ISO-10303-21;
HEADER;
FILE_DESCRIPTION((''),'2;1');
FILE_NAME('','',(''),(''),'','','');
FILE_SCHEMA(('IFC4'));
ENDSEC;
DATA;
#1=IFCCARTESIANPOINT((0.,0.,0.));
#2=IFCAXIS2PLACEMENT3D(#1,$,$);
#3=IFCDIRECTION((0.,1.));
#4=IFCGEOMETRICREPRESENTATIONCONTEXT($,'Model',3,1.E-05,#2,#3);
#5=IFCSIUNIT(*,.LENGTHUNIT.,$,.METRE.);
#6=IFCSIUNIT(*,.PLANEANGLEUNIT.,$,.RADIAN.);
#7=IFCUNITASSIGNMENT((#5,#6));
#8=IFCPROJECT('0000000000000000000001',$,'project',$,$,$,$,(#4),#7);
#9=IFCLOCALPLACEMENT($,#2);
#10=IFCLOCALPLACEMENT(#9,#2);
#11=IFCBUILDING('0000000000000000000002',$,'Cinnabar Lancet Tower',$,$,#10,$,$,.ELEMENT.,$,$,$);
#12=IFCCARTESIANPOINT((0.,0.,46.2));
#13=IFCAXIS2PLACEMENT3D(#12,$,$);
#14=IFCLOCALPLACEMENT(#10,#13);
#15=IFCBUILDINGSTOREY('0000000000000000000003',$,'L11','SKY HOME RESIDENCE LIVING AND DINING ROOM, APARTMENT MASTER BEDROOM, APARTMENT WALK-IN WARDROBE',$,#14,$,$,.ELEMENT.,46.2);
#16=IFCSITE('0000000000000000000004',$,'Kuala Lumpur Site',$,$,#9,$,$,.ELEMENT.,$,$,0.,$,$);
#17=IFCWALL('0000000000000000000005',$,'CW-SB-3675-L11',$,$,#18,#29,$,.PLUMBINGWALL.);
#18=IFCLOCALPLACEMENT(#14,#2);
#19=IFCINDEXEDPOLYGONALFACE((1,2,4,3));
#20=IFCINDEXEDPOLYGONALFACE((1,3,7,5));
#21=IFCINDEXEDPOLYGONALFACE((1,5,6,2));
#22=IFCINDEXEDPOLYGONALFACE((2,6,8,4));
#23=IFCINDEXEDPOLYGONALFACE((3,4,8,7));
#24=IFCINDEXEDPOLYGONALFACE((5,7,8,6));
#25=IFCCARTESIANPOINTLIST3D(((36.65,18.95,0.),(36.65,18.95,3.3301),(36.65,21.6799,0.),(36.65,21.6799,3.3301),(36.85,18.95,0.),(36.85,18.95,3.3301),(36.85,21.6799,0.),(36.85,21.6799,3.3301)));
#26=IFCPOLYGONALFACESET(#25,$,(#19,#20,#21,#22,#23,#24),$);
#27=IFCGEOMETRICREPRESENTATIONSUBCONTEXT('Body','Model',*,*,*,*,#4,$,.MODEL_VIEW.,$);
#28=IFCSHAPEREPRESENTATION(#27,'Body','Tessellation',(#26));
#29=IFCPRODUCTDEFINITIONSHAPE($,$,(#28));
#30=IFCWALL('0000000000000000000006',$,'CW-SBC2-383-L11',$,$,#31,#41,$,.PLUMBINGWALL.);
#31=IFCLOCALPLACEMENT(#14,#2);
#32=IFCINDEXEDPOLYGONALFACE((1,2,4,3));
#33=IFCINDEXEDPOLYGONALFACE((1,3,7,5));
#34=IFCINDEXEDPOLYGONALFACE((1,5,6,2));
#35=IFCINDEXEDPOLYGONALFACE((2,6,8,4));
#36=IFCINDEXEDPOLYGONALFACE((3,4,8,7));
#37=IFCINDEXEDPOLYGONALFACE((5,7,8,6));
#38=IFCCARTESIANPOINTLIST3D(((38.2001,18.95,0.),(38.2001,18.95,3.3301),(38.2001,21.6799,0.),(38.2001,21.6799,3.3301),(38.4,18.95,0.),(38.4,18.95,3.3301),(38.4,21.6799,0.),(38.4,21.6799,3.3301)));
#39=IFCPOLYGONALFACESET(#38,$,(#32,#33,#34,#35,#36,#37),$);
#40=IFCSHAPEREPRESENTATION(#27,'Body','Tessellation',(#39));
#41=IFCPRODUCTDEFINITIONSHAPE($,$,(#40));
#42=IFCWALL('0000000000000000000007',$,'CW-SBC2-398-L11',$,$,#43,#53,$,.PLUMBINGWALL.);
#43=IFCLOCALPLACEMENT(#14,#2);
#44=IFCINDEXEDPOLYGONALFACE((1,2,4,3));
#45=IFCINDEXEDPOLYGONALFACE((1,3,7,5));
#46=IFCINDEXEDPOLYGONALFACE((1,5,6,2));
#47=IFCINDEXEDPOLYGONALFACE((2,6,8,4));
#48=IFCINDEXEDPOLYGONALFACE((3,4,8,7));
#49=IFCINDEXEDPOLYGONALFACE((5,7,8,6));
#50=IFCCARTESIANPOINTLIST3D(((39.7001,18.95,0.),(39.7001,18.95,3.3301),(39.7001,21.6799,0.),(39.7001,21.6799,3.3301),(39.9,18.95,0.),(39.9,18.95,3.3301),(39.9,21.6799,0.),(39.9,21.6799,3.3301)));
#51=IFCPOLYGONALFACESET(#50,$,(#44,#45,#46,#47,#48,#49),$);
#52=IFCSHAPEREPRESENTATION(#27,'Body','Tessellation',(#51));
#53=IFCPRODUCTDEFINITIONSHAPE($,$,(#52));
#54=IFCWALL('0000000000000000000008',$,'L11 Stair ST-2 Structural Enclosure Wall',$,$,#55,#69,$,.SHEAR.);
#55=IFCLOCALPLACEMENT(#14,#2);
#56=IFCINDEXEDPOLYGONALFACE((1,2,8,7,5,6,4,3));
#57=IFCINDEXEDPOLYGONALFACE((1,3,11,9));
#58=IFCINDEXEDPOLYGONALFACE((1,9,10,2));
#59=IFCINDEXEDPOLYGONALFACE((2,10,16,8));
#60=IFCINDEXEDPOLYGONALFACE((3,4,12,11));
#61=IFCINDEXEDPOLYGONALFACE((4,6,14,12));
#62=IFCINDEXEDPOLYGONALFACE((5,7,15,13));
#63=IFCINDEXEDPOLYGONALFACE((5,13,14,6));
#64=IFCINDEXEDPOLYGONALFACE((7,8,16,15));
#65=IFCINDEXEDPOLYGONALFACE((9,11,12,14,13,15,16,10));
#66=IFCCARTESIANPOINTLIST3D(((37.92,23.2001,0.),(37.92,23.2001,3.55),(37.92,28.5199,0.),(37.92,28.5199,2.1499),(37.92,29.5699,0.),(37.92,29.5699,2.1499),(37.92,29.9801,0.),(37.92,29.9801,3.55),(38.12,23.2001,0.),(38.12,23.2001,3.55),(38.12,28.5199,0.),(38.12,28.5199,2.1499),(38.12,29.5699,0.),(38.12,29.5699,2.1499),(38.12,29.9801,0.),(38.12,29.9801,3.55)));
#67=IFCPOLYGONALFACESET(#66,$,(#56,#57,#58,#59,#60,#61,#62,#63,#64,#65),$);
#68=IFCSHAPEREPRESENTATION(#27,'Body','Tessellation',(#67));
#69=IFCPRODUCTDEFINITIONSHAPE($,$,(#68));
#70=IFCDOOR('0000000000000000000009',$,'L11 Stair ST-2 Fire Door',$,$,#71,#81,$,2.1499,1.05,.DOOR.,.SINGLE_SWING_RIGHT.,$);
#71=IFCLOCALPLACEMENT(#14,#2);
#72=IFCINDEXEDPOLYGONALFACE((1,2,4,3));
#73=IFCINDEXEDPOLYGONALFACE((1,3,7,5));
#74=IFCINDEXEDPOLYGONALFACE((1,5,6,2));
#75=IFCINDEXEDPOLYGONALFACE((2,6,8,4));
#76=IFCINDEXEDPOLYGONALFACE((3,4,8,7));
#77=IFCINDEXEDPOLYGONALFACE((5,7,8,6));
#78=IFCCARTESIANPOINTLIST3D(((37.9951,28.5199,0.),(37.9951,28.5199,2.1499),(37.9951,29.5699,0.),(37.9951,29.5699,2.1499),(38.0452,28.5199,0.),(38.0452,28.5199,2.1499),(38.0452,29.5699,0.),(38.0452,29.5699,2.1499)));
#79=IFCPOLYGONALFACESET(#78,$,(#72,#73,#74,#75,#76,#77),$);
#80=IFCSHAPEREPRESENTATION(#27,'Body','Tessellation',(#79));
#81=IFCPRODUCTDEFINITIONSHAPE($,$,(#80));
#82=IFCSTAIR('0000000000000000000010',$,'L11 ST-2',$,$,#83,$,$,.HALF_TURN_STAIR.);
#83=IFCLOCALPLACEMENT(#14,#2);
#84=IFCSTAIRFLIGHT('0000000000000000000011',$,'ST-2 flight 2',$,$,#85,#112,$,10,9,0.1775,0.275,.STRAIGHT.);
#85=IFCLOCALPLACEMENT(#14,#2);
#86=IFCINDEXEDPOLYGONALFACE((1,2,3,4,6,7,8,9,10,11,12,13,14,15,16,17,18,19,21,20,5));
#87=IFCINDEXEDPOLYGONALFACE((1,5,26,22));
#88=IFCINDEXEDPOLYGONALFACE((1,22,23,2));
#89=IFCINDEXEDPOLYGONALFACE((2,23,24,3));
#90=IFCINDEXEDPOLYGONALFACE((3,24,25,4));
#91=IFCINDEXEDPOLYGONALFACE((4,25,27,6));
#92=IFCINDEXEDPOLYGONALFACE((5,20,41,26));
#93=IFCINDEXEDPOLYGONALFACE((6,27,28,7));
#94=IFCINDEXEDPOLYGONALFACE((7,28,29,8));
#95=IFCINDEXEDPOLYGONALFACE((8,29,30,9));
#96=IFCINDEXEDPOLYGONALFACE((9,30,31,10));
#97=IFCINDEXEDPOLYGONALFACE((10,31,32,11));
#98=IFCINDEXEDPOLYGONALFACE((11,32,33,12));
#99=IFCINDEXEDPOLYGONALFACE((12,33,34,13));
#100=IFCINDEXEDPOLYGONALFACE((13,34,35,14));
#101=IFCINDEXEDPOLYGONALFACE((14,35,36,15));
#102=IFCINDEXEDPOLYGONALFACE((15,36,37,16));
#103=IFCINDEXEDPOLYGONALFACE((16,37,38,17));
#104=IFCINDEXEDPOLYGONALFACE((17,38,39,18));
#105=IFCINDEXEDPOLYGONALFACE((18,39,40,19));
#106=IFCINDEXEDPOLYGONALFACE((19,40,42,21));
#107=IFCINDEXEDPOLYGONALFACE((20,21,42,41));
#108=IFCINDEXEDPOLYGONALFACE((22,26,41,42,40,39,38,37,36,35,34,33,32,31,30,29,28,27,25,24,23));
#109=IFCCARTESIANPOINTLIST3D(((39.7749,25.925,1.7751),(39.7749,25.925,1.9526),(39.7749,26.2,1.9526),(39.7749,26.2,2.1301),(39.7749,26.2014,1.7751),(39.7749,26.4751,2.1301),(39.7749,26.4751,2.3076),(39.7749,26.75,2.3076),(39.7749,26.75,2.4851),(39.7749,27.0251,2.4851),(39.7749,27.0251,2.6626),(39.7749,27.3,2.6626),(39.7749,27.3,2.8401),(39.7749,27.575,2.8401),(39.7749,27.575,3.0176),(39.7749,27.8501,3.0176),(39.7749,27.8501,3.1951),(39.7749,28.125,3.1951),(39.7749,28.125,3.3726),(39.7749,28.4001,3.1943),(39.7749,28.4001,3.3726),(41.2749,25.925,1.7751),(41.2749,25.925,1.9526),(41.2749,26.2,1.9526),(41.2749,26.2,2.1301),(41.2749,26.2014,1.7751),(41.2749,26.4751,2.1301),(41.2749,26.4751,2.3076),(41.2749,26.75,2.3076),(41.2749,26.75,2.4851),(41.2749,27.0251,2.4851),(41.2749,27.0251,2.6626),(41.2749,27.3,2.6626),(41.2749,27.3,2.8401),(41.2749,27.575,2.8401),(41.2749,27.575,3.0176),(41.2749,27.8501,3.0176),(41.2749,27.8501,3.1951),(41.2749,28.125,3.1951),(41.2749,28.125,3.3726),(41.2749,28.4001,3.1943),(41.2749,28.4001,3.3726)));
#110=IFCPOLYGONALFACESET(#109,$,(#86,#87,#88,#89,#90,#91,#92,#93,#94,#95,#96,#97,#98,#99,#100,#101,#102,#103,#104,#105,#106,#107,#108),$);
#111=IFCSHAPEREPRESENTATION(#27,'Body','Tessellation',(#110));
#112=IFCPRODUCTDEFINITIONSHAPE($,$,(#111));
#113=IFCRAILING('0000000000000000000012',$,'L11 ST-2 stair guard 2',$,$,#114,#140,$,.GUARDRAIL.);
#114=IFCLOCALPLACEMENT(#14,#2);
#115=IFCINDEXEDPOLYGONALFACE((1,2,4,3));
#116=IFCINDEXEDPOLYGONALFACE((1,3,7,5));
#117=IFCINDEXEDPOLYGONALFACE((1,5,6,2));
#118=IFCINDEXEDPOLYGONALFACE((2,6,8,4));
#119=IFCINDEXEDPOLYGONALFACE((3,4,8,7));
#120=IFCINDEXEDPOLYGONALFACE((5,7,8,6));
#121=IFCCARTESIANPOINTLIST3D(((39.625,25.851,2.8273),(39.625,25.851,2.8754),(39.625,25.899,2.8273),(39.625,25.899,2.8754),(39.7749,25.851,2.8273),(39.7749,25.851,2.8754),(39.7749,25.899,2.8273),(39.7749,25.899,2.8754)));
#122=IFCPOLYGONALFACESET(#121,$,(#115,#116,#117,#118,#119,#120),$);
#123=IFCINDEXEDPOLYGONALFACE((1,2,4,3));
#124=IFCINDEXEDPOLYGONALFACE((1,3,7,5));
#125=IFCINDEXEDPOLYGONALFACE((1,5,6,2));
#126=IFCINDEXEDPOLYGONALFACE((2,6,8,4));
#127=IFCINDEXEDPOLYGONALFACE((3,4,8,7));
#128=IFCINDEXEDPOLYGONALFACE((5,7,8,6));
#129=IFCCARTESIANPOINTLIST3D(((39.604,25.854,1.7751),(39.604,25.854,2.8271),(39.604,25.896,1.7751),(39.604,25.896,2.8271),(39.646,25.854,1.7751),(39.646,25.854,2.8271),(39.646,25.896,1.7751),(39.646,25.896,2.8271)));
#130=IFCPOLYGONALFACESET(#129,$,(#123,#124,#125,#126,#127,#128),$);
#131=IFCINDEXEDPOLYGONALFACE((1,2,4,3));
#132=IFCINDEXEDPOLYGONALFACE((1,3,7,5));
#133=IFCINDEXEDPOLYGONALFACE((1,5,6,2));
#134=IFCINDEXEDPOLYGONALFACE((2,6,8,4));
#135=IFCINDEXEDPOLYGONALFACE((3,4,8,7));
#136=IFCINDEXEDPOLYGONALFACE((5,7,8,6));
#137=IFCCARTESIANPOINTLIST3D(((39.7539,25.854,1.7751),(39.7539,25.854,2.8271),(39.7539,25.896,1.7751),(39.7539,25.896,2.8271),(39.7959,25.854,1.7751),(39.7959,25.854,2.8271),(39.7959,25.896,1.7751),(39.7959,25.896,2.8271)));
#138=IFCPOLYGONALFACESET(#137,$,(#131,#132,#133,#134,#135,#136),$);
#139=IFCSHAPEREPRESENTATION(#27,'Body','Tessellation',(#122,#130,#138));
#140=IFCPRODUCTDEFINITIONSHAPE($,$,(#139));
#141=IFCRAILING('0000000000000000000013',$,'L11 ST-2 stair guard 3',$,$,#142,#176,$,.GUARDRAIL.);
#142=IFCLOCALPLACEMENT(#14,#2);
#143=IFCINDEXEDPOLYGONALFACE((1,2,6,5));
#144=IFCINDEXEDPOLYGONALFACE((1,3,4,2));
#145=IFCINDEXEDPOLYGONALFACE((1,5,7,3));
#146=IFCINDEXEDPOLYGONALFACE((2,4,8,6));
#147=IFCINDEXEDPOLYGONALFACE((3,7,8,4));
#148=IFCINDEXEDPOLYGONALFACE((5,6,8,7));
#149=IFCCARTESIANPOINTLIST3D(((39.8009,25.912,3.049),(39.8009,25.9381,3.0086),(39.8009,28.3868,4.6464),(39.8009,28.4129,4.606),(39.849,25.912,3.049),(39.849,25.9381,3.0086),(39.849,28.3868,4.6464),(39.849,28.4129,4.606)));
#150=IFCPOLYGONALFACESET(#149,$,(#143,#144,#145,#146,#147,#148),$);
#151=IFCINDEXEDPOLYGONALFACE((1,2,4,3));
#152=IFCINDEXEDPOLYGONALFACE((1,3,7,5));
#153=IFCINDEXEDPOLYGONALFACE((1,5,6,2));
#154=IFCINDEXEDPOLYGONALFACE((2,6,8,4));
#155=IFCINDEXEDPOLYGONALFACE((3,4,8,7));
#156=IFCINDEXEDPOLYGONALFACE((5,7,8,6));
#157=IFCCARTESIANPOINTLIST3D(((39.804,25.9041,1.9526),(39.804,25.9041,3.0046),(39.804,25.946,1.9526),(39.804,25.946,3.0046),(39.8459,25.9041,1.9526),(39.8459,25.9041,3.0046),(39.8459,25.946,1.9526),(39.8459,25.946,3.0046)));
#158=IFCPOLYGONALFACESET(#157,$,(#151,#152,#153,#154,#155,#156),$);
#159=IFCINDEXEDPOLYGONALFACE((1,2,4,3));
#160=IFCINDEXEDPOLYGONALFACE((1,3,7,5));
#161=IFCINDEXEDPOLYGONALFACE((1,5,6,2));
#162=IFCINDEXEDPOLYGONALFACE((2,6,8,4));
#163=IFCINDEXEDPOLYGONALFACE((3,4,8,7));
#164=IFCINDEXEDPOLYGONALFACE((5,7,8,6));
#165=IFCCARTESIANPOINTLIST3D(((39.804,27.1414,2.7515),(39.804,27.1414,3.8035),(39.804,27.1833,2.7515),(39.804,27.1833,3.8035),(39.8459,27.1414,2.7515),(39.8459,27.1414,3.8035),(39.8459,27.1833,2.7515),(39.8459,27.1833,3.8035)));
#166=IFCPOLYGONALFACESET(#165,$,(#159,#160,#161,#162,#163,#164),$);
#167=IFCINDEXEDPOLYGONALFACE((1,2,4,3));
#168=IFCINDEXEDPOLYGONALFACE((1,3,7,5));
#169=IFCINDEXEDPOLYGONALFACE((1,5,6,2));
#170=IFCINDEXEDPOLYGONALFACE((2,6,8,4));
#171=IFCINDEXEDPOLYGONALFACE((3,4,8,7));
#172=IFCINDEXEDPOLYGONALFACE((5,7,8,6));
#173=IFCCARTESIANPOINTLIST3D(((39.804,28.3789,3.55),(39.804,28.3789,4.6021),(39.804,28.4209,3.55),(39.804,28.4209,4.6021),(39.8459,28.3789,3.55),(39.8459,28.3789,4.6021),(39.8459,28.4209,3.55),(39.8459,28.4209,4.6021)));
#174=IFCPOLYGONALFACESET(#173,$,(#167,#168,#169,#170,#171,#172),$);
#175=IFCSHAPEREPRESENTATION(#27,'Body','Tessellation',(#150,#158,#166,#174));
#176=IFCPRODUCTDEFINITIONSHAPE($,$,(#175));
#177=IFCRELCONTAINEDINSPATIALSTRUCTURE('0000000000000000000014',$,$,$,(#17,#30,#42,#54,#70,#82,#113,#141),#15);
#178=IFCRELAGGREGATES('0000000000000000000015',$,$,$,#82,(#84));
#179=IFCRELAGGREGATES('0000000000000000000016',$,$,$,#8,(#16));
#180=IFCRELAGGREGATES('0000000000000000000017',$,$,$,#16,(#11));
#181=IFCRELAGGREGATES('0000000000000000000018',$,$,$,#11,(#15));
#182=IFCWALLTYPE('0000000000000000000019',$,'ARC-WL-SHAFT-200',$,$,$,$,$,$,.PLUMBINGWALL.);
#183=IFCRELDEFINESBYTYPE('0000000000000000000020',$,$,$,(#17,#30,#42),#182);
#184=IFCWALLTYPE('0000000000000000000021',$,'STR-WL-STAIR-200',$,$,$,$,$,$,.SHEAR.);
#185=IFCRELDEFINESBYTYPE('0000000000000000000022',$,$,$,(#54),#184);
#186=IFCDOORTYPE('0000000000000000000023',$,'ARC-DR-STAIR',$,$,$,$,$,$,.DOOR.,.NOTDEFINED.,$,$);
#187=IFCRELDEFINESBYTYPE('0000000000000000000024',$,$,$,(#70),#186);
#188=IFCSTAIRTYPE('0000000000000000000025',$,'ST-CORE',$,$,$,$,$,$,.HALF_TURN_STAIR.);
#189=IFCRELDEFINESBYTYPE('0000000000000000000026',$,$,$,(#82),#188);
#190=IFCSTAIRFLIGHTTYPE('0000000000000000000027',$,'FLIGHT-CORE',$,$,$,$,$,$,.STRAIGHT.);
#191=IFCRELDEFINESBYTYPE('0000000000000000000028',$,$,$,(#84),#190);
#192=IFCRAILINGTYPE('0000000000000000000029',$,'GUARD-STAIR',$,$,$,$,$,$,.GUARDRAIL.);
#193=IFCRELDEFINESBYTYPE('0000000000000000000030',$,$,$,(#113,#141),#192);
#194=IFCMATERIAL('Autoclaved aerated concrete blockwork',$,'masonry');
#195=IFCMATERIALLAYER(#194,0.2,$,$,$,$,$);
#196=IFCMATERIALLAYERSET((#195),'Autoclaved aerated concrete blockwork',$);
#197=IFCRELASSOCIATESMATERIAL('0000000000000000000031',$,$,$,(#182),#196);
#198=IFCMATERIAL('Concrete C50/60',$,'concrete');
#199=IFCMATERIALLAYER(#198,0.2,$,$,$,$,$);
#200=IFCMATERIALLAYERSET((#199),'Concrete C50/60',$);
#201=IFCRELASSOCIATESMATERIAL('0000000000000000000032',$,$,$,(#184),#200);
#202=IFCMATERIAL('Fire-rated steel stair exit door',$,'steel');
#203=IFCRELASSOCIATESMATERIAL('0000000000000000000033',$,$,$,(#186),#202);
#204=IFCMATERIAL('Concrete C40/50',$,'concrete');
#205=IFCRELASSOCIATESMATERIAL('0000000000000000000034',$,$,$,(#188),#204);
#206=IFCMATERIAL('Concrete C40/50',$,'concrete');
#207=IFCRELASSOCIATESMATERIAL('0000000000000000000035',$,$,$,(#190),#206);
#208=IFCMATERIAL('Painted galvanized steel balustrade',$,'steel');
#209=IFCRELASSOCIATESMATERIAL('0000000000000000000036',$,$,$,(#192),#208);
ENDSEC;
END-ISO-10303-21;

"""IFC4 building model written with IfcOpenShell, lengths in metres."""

from ifc_helpers import new_model, si_unit, direction, frame, frame_2d, origin, origin_2d, place, context, subcontext, project, spatial, polyline, rectangle, outline, extrude, material, layer, layer_set, type_object, element, fill, aggregate, save


model = new_model("IFC4")

# Units and contexts
model_context = context("Model", 3, precision=1e-05, world=origin(), true_north=direction((0.0, 1.0)))
body_context = subcontext(model_context, "Body", "Model", "MODEL_VIEW")
ifc_project = project(units=[si_unit("LENGTHUNIT", "METRE"), si_unit("PLANEANGLEUNIT", "RADIAN")], contexts=[model_context])

# Site, building, storey
site_placement = place(None, origin())
site = spatial("IfcSite", under=ifc_project, at=site_placement, Name="Kuala Lumpur Site", CompositionType="ELEMENT", RefElevation=0.0)
building_placement = place(site_placement, origin())
building = spatial("IfcBuilding", under=site, at=building_placement, Name="Cinnabar Lancet Tower", CompositionType="ELEMENT")
storey_placement = place(building_placement, frame((0.0, 0.0, 46.2)))
storey = spatial("IfcBuildingStorey", under=building, at=storey_placement, Name="L11", Description="SKY HOME RESIDENCE LIVING AND DINING ROOM, APARTMENT MASTER BEDROOM, APARTMENT WALK-IN WARDROBE", CompositionType="ELEMENT", Elevation=46.2)

# Shared definitions
ifc_material_1 = material(Name="Autoclaved aerated concrete blockwork", Category="masonry")
ifc_layer_1 = layer(ifc_material_1, 0.2)
ifc_layer_set_1 = layer_set([ifc_layer_1], Name="Autoclaved aerated concrete blockwork")
wall_type_1 = type_object("IfcWallType", Name="ARC-WL-SHAFT-200", PredefinedType="PLUMBINGWALL", material=ifc_layer_set_1)

# Walls
for number, where, z_axis, x_axis, name in (
    (1, (36.75, 18.95, 0.0), (0.0, 0.0, 1.0), (0.0, 1.0, 0.0), "CW-SB-3675-L11"),
    (2, (38.3, 18.95, 0.0), (0.0, 0.0, 1.0), (0.0, 1.0, 0.0), "CW-SBC2-383-L11"),
    (3, (39.8, 18.95, 0.0), (0.0, 0.0, 1.0), (0.0, 1.0, 0.0), "CW-SBC2-398-L11"),
):
    element("IfcWall", number, at=place(storey_placement, frame(where, z_axis=z_axis, x_axis=x_axis)), inside=storey, type_object=wall_type_1, Name=name, PredefinedType="PLUMBINGWALL", context=body_context, shape_type="SweptSolid", body=[
        extrude(rectangle(XDim=2.73, YDim=0.2, at=frame_2d((1.365, 0.0))), origin(), (0.0, 0.0, 1.0), 3.3301),
    ])

# Wall, opening, door
ifc_material_2 = material(Name="Concrete C50/60", Category="concrete")
ifc_layer_2 = layer(ifc_material_2, 0.2)
ifc_layer_set_2 = layer_set([ifc_layer_2], Name="Concrete C50/60")
wall_type_2 = type_object("IfcWallType", Name="STR-WL-STAIR-200", PredefinedType="SHEAR", material=ifc_layer_set_2)
wall_1_placement = place(storey_placement, frame((38.02, 23.2, 0.0), z_axis=(0.0, 0.0, 1.0), x_axis=(0.0, 1.0, 0.0)))
wall_1 = element("IfcWall", 4, at=wall_1_placement, inside=storey, type_object=wall_type_2, Name="L11 Stair ST-2 Structural Enclosure Wall", PredefinedType="SHEAR", context=body_context, shape_type="SweptSolid", body=[
    extrude(rectangle(XDim=6.78, YDim=0.2, at=frame_2d((3.3901, 0.0))), origin(), (0.0, 0.0, 1.0), 3.55),
])
opening_1_placement = place(wall_1_placement, frame((5.3201, 0.0, 0.0)))
opening_1 = element("IfcOpeningElement", 5, at=opening_1_placement, cuts=wall_1, PredefinedType="OPENING", context=body_context, shape_type="SweptSolid", body=[
    extrude(rectangle(XDim=1.05, YDim=2.1499, at=frame_2d((0.5249, 1.075))), frame((0.0, 0.1099, 0.0), z_axis=(0.0, -1.0, 0.0), x_axis=(1.0, 0.0, 0.0)), (0.0, 0.0, 1.0), 0.22),
])
ifc_material_3 = material(Name="Fire-rated steel stair exit door", Category="steel")
door_type_1 = type_object("IfcDoorType", Name="ARC-DR-STAIR", OperationType="NOTDEFINED", PredefinedType="DOOR", material=ifc_material_3)
door_1_placement = place(opening_1_placement, origin())
door_1 = element("IfcDoor", 6, at=door_1_placement, inside=storey, type_object=door_type_1, Name="L11 Stair ST-2 Fire Door", OperationType="SINGLE_SWING_RIGHT", OverallHeight=2.1499, OverallWidth=1.05, PredefinedType="DOOR", context=body_context, shape_type="SweptSolid", body=[
    extrude(rectangle(XDim=1.05, YDim=2.1499, at=frame_2d((0.5249, 1.075))), frame((0.0, 0.0249, 0.0), z_axis=(0.0, -1.0, 0.0), x_axis=(1.0, 0.0, 0.0)), (0.0, 0.0, 1.0), 0.05),
])
fill(opening_1, door_1)

# Stair, stair flight
ifc_material_4 = material(Name="Concrete C40/50", Category="concrete")
stair_type = type_object("IfcStairType", Name="ST-CORE", PredefinedType="HALF_TURN_STAIR", material=ifc_material_4)
stair_placement = place(storey_placement, origin())
stair = element("IfcStair", 7, at=stair_placement, inside=storey, type_object=stair_type, Name="L11 ST-2", PredefinedType="HALF_TURN_STAIR")
ifc_material_5 = material(Name="Concrete C40/50", Category="concrete")
stair_flight_type = type_object("IfcStairFlightType", Name="FLIGHT-CORE", PredefinedType="STRAIGHT", material=ifc_material_5)
stair_flight_placement = place(storey_placement, frame((40.5249, 25.925, 1.7751), z_axis=(0.0, 0.0, 1.0), x_axis=(0.0, 1.0, 0.0)))
stair_flight = element("IfcStairFlight", 8, at=stair_flight_placement, type_object=stair_flight_type, Name="ST-2 flight 2", NumberOfRisers=10, NumberOfTreads=9, PredefinedType="STRAIGHT", RiserHeight=0.1775, TreadLength=0.275, context=body_context, shape_type="SweptSolid", body=[
    extrude(outline(polyline([(0.0, 0.0), (0.0, 0.1775), (0.2749, 0.1775), (0.2749, 0.355), (0.55, 0.355), (0.55, 0.5325), (0.825, 0.5325), (0.825, 0.71), (1.1001, 0.71), (1.1001, 0.8875), (1.375, 0.8875), (1.375, 1.0649), (1.6499, 1.0649), (1.6499, 1.2424), (1.925, 1.2424), (1.925, 1.4199), (2.2, 1.4199), (2.2, 1.5974), (2.4751, 1.5974), (2.4751, 1.7749), (2.4751, 1.4192), (0.2764, 0.0), (0.0, 0.0)])), frame((0.0, 0.75, 0.0), z_axis=(0.0, -1.0, 0.0), x_axis=(1.0, 0.0, 0.0)), (0.0, 0.0, 1.0), 1.5),
])
aggregate(stair, [stair_flight])

# Railings
ifc_material_6 = material(Name="Painted galvanized steel balustrade", Category="steel")
railing_type_1 = type_object("IfcRailingType", Name="GUARD-STAIR", PredefinedType="GUARDRAIL", material=ifc_material_6)
railing_1_placement = place(storey_placement, frame((39.625, 25.875, 1.7751)))
element("IfcRailing", 9, at=railing_1_placement, inside=storey, type_object=railing_type_1, Name="L11 ST-2 stair guard 2", PredefinedType="GUARDRAIL", context=body_context, shape_type="SweptSolid", body=[
    extrude(rectangle(XDim=0.0481, YDim=0.0481, at=origin_2d()), frame((0.0, 0.0, 1.0762), z_axis=(1.0, 0.0, 0.0), x_axis=(0.0, 1.0, 0.0)), (0.0, 0.0, 1.0), 0.1499),
    extrude(rectangle(XDim=0.042, YDim=0.042, at=origin_2d()), origin(), (0.0, 0.0, 1.0), 1.052),
    extrude(rectangle(XDim=0.042, YDim=0.042, at=origin_2d()), frame((0.1499, 0.0, 0.0)), (0.0, 0.0, 1.0), 1.052),
])
railing_2_placement = place(storey_placement, frame((39.825, 25.925, 1.9526)))
element("IfcRailing", 10, at=railing_2_placement, inside=storey, type_object=railing_type_1, Name="L11 ST-2 stair guard 3", PredefinedType="GUARDRAIL", context=body_context, shape_type="SweptSolid", body=[
    extrude(rectangle(XDim=0.0481, YDim=0.0481, at=origin_2d()), frame((0.0, 0.0, 1.0762), z_axis=(0.0, 0.840183, 0.542302), x_axis=(-1.0, 0.0, 0.0)), (0.0, 0.0, 1.0), 2.9456),
    extrude(rectangle(XDim=0.042, YDim=0.042, at=origin_2d()), origin(), (0.0, 0.0, 1.0), 1.052),
    extrude(rectangle(XDim=0.042, YDim=0.042, at=origin_2d()), frame((0.0, 1.2373, 0.7988)), (0.0, 0.0, 1.0), 1.052),
    extrude(rectangle(XDim=0.042, YDim=0.042, at=origin_2d()), frame((0.0, 2.4749, 1.5974)), (0.0, 0.0, 1.0), 1.052),
])

save(model, "model.ifc")
